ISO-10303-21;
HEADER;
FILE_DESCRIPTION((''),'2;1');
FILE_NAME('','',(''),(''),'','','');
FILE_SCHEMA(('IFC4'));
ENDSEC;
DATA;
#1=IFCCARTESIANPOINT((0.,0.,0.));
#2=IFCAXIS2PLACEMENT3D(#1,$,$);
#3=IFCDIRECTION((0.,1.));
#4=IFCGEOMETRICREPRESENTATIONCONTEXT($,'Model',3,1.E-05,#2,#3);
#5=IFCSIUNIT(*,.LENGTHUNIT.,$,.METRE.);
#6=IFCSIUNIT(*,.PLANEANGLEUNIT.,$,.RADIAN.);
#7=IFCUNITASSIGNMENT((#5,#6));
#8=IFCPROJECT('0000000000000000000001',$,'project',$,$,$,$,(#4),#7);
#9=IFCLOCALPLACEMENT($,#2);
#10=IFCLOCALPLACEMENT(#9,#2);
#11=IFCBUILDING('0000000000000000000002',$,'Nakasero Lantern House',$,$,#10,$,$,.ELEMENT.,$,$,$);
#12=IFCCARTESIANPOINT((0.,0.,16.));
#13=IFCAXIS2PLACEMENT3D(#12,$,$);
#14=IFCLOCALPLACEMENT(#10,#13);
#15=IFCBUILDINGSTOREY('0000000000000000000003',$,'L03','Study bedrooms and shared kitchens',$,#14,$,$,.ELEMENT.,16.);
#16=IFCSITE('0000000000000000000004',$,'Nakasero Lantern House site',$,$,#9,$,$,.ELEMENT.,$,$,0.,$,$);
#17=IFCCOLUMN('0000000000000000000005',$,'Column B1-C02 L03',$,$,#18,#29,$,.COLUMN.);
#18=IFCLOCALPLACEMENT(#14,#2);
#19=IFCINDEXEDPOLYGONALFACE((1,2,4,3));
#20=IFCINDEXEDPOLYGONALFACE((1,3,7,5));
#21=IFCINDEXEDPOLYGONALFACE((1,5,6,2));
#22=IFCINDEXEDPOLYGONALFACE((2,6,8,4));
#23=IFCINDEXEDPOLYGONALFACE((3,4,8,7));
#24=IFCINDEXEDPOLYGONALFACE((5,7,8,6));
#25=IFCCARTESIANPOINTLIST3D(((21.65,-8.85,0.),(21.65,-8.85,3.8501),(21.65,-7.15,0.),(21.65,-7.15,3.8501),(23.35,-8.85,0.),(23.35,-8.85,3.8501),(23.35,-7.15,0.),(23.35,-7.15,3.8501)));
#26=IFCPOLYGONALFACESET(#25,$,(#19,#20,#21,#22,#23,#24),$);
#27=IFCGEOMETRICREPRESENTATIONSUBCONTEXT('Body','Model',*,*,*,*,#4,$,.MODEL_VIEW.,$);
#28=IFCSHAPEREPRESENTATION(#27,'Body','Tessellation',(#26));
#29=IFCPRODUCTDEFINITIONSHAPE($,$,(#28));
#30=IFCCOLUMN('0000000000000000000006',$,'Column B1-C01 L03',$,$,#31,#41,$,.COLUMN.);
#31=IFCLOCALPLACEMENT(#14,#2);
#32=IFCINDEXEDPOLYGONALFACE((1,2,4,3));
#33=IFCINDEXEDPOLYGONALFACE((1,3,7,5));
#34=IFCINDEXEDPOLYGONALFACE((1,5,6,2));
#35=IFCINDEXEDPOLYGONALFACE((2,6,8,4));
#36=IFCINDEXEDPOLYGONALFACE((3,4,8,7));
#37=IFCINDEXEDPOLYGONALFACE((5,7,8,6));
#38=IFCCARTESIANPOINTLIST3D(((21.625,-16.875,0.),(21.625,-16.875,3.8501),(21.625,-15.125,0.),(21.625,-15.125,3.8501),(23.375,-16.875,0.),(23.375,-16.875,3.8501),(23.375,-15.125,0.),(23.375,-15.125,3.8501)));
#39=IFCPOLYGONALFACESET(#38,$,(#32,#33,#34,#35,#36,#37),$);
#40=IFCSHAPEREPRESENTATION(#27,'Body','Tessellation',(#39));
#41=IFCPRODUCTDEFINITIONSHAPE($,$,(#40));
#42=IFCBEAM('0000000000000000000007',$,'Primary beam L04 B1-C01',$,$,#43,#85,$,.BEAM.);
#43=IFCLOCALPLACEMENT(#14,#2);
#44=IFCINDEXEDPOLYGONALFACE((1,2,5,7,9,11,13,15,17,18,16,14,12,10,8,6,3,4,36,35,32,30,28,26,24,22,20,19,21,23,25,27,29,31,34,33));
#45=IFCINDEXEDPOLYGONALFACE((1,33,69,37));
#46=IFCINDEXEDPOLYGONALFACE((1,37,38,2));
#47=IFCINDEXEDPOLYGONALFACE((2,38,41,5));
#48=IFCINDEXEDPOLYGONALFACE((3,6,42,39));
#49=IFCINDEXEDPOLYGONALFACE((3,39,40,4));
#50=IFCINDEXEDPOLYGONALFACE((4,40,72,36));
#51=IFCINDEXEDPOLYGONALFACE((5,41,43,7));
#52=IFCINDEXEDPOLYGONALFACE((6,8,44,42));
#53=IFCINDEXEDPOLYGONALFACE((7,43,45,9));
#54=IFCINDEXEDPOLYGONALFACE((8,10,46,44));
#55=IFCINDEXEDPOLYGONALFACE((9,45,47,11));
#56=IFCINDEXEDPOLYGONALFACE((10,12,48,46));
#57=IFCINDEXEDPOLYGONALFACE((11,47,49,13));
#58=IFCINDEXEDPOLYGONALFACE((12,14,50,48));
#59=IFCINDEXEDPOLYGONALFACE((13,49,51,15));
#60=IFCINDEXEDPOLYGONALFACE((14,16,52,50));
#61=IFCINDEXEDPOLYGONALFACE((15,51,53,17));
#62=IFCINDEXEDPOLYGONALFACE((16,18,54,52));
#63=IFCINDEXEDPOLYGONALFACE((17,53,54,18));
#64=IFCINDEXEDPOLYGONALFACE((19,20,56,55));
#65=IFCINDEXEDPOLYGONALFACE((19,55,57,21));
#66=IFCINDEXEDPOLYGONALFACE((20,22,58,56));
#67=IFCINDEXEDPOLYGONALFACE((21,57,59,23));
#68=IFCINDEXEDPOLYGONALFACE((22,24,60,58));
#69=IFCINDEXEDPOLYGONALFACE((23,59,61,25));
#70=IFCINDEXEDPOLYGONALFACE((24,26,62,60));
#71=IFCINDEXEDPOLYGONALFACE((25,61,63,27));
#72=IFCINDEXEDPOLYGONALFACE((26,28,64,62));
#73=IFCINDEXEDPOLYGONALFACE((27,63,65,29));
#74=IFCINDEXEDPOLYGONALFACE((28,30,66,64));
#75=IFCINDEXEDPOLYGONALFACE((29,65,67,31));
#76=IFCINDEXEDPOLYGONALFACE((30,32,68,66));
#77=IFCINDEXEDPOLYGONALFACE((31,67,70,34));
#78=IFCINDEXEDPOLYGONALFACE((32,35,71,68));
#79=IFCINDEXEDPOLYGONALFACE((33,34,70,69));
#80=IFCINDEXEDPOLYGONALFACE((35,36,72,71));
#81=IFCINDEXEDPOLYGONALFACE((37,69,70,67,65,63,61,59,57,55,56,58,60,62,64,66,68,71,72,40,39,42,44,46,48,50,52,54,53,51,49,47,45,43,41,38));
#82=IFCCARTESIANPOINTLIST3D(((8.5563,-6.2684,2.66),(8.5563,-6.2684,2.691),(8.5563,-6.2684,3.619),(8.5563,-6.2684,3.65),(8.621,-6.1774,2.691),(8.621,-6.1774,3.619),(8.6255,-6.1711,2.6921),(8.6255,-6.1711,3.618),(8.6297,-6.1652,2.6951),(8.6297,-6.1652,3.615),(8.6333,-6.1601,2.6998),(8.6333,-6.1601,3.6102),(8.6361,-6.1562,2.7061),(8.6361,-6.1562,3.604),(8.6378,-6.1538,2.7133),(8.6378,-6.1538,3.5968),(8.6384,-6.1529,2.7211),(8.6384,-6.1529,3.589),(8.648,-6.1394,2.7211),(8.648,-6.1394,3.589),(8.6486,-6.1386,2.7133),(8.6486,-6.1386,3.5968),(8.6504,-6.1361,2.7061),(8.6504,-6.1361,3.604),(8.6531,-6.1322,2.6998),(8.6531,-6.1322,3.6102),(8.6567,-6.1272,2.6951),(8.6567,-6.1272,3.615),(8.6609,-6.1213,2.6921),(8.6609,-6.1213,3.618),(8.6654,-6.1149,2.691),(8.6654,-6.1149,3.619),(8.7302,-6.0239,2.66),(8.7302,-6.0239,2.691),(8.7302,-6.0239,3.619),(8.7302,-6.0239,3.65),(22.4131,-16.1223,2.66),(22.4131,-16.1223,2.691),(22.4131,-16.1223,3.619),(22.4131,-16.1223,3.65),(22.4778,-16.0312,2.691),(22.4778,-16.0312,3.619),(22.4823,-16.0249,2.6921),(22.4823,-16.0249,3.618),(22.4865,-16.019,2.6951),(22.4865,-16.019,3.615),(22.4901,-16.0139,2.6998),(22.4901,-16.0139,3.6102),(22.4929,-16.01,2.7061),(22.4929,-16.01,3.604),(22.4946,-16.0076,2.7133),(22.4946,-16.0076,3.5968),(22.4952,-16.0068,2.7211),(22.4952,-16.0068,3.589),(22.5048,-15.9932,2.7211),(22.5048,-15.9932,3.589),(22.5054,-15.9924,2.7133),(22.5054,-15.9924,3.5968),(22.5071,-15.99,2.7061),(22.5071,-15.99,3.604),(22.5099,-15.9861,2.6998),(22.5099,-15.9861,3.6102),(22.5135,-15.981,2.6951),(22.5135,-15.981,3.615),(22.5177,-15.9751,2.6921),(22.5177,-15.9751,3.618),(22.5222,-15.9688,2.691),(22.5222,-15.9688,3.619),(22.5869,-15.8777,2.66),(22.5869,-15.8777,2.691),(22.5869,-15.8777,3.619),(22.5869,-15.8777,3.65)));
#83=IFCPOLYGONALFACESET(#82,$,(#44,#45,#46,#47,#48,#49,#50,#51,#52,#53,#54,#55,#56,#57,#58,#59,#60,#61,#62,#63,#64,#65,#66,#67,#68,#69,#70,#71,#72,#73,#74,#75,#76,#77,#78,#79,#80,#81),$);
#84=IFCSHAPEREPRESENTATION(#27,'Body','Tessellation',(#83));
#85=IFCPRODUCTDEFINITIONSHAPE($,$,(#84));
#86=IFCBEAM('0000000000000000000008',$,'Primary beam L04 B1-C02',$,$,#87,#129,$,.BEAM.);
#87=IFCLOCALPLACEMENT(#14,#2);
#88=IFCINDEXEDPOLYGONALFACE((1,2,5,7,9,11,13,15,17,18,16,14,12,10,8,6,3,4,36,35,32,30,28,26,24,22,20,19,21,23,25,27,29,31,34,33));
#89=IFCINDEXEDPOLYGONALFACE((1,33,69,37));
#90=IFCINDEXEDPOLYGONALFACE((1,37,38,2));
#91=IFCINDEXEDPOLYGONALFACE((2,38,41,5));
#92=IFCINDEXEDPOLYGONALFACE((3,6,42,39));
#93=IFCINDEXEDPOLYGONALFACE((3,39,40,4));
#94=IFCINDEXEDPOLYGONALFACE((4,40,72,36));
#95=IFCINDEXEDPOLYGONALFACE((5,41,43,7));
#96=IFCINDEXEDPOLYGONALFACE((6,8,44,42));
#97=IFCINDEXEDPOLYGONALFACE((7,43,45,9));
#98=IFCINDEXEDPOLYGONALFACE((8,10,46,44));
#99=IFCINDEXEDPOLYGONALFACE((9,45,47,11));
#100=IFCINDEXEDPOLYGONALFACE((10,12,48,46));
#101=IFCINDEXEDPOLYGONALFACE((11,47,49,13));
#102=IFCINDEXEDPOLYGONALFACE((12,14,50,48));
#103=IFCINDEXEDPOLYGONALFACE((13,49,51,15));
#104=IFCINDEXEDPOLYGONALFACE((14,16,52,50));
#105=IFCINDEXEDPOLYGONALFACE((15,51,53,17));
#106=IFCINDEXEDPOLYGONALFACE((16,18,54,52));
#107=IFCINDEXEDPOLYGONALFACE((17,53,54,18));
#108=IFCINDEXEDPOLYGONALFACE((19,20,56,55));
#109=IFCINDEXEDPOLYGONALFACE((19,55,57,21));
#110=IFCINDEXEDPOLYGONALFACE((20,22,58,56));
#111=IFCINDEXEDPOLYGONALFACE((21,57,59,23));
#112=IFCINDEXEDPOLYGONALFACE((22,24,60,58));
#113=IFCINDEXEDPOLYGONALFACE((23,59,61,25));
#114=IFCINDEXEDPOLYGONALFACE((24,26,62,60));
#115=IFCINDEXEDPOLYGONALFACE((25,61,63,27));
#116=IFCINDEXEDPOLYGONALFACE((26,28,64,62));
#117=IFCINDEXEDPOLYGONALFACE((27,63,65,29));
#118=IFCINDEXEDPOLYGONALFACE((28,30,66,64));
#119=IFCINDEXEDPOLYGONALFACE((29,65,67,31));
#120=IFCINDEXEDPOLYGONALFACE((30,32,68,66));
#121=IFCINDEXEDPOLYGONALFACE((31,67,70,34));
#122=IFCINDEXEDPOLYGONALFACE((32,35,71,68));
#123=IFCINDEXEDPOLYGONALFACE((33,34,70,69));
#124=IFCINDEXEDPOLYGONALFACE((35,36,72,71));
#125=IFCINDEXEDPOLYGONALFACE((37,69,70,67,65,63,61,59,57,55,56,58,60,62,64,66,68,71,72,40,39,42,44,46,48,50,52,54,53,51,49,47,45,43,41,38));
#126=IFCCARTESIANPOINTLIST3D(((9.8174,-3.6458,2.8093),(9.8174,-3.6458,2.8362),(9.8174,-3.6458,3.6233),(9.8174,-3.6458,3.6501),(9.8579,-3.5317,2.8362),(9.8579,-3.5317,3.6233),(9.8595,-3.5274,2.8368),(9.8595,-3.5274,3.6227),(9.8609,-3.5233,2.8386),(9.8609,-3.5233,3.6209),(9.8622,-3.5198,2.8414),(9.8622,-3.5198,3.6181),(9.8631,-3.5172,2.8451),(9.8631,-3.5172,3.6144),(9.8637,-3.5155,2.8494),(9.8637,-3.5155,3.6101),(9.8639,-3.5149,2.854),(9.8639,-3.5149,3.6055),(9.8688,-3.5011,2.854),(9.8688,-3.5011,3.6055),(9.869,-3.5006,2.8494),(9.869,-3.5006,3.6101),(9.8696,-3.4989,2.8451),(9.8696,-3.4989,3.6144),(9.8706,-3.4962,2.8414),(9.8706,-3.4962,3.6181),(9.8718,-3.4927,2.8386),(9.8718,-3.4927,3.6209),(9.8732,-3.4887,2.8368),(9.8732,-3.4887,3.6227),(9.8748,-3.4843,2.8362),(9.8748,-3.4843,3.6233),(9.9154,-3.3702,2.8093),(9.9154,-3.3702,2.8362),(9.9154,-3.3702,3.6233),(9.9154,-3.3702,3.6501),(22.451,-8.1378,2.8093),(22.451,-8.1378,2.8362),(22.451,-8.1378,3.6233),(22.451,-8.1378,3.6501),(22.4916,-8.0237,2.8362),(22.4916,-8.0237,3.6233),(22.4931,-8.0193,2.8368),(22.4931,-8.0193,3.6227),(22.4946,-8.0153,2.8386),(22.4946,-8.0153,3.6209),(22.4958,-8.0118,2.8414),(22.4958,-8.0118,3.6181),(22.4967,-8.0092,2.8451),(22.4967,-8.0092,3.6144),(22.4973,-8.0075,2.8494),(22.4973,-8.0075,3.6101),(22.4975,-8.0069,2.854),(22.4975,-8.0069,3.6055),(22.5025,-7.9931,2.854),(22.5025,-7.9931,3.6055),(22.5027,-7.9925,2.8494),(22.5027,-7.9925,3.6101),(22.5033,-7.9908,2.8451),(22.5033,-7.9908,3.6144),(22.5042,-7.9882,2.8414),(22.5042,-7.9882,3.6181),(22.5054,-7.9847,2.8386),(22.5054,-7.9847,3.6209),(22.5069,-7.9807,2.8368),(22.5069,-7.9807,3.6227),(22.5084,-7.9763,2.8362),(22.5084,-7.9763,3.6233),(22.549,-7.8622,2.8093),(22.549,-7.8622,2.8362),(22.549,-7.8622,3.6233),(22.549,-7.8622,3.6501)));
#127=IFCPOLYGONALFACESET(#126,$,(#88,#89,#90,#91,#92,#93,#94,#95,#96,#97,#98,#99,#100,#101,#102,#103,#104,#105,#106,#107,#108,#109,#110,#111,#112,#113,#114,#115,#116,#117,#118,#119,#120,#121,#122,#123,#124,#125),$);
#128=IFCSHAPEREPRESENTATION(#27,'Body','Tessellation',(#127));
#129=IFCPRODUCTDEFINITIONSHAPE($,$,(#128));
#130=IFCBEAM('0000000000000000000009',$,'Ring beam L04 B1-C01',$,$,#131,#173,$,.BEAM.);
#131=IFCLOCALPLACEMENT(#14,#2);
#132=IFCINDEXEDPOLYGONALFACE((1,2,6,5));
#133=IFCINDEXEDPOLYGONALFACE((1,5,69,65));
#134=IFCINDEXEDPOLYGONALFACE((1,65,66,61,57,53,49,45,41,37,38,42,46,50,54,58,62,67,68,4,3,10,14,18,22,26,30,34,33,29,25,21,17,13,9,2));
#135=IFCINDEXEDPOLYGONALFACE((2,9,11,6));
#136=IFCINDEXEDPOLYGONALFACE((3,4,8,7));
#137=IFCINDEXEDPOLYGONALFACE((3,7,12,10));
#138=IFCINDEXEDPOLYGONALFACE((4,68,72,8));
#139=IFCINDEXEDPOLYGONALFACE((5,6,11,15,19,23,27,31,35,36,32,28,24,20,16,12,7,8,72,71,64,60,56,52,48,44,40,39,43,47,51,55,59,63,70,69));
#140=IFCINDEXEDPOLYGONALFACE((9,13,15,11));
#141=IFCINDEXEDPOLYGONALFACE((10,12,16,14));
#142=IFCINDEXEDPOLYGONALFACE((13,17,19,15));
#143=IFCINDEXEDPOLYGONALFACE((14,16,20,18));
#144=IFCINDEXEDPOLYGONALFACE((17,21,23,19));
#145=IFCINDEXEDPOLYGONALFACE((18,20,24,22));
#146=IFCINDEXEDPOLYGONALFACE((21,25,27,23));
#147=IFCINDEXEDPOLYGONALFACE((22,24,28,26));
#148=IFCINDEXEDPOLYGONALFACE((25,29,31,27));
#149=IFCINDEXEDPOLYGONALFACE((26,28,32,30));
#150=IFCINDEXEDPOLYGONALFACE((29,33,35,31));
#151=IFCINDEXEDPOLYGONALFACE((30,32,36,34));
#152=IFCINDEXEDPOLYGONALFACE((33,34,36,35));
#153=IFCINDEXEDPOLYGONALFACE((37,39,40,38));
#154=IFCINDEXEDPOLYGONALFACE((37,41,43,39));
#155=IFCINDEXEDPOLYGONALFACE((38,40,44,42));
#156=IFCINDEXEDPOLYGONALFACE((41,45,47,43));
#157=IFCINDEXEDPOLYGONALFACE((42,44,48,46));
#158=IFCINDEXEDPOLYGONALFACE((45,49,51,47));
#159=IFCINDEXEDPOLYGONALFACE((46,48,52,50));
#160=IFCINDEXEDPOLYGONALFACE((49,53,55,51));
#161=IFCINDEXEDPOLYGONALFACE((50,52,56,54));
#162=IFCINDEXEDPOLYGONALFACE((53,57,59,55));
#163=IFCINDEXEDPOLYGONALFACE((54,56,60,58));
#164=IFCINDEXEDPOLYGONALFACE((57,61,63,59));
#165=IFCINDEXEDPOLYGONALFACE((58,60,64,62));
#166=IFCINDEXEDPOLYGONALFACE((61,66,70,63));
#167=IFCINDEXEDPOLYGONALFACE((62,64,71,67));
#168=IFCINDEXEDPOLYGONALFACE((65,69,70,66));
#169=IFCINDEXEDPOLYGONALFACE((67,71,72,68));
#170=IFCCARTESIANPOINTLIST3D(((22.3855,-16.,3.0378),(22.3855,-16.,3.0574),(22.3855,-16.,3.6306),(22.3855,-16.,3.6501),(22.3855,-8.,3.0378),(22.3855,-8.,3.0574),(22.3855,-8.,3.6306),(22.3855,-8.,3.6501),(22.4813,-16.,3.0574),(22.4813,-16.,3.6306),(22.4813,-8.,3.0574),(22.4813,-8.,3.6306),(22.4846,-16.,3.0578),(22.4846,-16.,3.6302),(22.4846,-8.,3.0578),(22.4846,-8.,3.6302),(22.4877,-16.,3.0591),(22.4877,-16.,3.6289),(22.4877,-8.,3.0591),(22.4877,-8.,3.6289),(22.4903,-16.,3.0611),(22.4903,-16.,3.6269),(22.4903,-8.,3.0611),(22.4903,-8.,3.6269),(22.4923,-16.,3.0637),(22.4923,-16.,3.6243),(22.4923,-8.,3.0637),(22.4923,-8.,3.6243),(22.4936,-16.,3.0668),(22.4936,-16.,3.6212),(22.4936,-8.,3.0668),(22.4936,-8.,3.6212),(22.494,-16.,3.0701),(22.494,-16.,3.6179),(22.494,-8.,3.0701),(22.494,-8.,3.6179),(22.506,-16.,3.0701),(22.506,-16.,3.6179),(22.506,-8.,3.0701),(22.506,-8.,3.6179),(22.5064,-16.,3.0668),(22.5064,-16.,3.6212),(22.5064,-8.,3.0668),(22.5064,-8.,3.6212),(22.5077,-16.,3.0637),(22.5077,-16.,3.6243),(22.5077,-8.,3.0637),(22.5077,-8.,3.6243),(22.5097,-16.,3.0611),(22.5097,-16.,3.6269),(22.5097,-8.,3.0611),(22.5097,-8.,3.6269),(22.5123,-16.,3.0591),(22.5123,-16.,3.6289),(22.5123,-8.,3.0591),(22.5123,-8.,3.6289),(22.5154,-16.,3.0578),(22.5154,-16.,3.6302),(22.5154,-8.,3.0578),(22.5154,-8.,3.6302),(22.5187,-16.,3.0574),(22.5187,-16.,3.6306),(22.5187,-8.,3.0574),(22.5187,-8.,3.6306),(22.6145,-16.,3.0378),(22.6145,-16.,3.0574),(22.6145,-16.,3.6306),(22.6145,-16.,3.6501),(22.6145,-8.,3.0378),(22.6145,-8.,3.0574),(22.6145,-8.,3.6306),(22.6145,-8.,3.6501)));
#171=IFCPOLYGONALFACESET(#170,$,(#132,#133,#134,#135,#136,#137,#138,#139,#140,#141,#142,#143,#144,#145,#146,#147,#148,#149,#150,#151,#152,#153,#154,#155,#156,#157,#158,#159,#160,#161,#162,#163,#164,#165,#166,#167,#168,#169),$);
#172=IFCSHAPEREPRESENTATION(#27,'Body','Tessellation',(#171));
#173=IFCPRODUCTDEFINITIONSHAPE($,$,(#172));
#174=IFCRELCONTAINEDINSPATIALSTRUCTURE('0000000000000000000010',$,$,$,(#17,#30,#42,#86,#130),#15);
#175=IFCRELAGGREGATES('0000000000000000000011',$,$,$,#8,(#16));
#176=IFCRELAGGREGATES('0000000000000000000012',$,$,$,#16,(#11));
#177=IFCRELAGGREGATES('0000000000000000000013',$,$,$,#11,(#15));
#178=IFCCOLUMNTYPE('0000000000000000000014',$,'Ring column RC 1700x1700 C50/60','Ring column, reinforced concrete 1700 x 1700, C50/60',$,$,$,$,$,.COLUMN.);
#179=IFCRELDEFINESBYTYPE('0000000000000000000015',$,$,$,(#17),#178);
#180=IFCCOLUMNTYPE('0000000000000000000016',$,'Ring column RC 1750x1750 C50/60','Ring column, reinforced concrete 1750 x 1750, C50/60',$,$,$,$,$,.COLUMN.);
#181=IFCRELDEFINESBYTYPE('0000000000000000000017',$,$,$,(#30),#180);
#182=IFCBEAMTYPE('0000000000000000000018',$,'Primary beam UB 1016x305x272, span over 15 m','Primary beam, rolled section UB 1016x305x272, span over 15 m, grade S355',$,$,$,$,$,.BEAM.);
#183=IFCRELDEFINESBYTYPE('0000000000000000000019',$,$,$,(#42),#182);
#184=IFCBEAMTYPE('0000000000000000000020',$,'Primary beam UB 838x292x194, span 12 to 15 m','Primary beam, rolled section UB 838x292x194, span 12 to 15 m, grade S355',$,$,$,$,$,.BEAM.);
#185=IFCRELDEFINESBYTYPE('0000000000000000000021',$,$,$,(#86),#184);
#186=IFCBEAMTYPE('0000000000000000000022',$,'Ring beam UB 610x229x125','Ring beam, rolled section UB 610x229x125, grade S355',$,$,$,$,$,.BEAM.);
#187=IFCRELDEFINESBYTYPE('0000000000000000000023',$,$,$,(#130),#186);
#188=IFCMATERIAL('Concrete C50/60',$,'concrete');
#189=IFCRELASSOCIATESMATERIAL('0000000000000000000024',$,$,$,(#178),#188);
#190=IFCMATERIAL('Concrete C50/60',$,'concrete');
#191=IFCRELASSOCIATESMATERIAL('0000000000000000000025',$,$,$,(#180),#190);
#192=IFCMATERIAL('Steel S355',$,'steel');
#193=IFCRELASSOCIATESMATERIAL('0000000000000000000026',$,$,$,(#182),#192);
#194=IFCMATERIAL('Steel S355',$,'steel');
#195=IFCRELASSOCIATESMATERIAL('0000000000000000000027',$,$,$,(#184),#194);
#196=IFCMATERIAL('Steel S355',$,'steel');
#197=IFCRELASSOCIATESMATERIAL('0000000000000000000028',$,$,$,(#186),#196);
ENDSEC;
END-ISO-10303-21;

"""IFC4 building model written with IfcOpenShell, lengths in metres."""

from ifc_helpers import new_model, si_unit, direction, frame, origin, origin_2d, place, context, subcontext, project, spatial, rectangle, i_section, extrude, material, material_profile, profile_set, type_object, element, save


model = new_model("IFC4")

# Units and contexts
model_context = context("Model", 3, precision=1e-05, world=origin(), true_north=direction((0.0, 1.0)))
body_context = subcontext(model_context, "Body", "Model", "MODEL_VIEW")
ifc_project = project(units=[si_unit("LENGTHUNIT", "METRE"), si_unit("PLANEANGLEUNIT", "RADIAN")], contexts=[model_context])

# Site, building, storey
site_placement = place(None, origin())
site = spatial("IfcSite", under=ifc_project, at=site_placement, Name="Nakasero Lantern House site", CompositionType="ELEMENT", RefElevation=0.0)
building_placement = place(site_placement, origin())
building = spatial("IfcBuilding", under=site, at=building_placement, Name="Nakasero Lantern House", CompositionType="ELEMENT")
storey_placement = place(building_placement, frame((0.0, 0.0, 16.0)))
storey = spatial("IfcBuildingStorey", under=building, at=storey_placement, Name="L03", Description="Study bedrooms and shared kitchens", CompositionType="ELEMENT", Elevation=16.0)

# Columns
ifc_material_1 = material(Name="Concrete C50/60", Category="concrete")
ifc_material_profile_1 = material_profile(ifc_material_1, rectangle(XDim=1.7, YDim=1.7, at=origin_2d()), Name="RC 1700x1700")
ifc_profile_set_1 = profile_set([ifc_material_profile_1], Name="Concrete C50/60")
column_type_1 = type_object("IfcColumnType", Name="Ring column RC 1700x1700 C50/60", Description="Ring column, reinforced concrete 1700 x 1700, C50/60", PredefinedType="COLUMN", material=ifc_profile_set_1)
column_1_placement = place(storey_placement, frame((22.5, -8.0, 0.0), z_axis=(0.0, 0.0, 1.0), x_axis=(1.0, 0.0, 0.0)))
element("IfcColumn", 1, at=column_1_placement, inside=storey, type_object=column_type_1, Name="Column B1-C02 L03", PredefinedType="COLUMN", context=body_context, shape_type="SweptSolid", body=[
    extrude(rectangle(XDim=1.7, YDim=1.7, at=origin_2d()), origin(), (0.0, 0.0, 1.0), 3.8501),
])
ifc_material_2 = material(Name="Concrete C50/60", Category="concrete")
ifc_material_profile_2 = material_profile(ifc_material_2, rectangle(XDim=1.75, YDim=1.75, at=origin_2d()), Name="RC 1750x1750")
ifc_profile_set_2 = profile_set([ifc_material_profile_2], Name="Concrete C50/60")
column_type_2 = type_object("IfcColumnType", Name="Ring column RC 1750x1750 C50/60", Description="Ring column, reinforced concrete 1750 x 1750, C50/60", PredefinedType="COLUMN", material=ifc_profile_set_2)
column_2_placement = place(storey_placement, frame((22.5, -16.0, 0.0), z_axis=(0.0, 0.0, 1.0), x_axis=(1.0, 0.0, 0.0)))
element("IfcColumn", 2, at=column_2_placement, inside=storey, type_object=column_type_2, Name="Column B1-C01 L03", PredefinedType="COLUMN", context=body_context, shape_type="SweptSolid", body=[
    extrude(rectangle(XDim=1.75, YDim=1.75, at=origin_2d()), origin(), (0.0, 0.0, 1.0), 3.8501),
])

# Beams
ifc_material_3 = material(Name="Steel S355", Category="steel")
ifc_material_profile_3 = material_profile(ifc_material_3, i_section(OverallWidth=0.3, OverallDepth=0.99, WebThickness=0.0166, FlangeThickness=0.031, FilletRadius=0.03, at=origin_2d()), Name="UB 1016x305x272")
ifc_profile_set_3 = profile_set([ifc_material_profile_3], Name="Steel S355")
beam_type_1 = type_object("IfcBeamType", Name="Primary beam UB 1016x305x272, span over 15 m", Description="Primary beam, rolled section UB 1016x305x272, span over 15 m, grade S355", PredefinedType="BEAM", material=ifc_profile_set_3)
beam_1_placement = place(storey_placement, frame((22.5, -16.0, 3.155), z_axis=(-0.814952, 0.579528, 0.0), x_axis=(-0.579528, -0.814952, 0.0)))
element("IfcBeam", 3, at=beam_1_placement, inside=storey, type_object=beam_type_1, Name="Primary beam L04 B1-C01", PredefinedType="BEAM", context=body_context, shape_type="SweptSolid", body=[
    extrude(i_section(OverallWidth=0.3, OverallDepth=0.99, WebThickness=0.0166, FlangeThickness=0.031, FilletRadius=0.03, at=origin_2d()), origin(), (0.0, 0.0, 1.0), 17.0032),
])
ifc_material_4 = material(Name="Steel S355", Category="steel")
ifc_material_profile_4 = material_profile(ifc_material_4, i_section(OverallWidth=0.2925, OverallDepth=0.8408, WebThickness=0.0146, FlangeThickness=0.0269, FilletRadius=0.0178, at=origin_2d()), Name="UB 838x292x194")
ifc_profile_set_4 = profile_set([ifc_material_profile_4], Name="Steel S355")
beam_type_2 = type_object("IfcBeamType", Name="Primary beam UB 838x292x194, span 12 to 15 m", Description="Primary beam, rolled section UB 838x292x194, span 12 to 15 m, grade S355", PredefinedType="BEAM", material=ifc_profile_set_4)
beam_2_placement = place(storey_placement, frame((22.5, -8.0, 3.2297), z_axis=(-0.942214, 0.335011, 0.0), x_axis=(-0.335011, -0.942214, 0.0)))
element("IfcBeam", 4, at=beam_2_placement, inside=storey, type_object=beam_type_2, Name="Primary beam L04 B1-C02", PredefinedType="BEAM", context=body_context, shape_type="SweptSolid", body=[
    extrude(i_section(OverallWidth=0.2925, OverallDepth=0.8408, WebThickness=0.0146, FlangeThickness=0.0269, FilletRadius=0.0178, at=origin_2d()), origin(), (0.0, 0.0, 1.0), 13.4084),
])
ifc_material_5 = material(Name="Steel S355", Category="steel")
ifc_material_profile_5 = material_profile(ifc_material_5, i_section(OverallWidth=0.229, OverallDepth=0.6123, WebThickness=0.012, FlangeThickness=0.0195, FilletRadius=0.0127, at=origin_2d()), Name="UB 610x229x125")
ifc_profile_set_5 = profile_set([ifc_material_profile_5], Name="Steel S355")
beam_type_3 = type_object("IfcBeamType", Name="Ring beam UB 610x229x125", Description="Ring beam, rolled section UB 610x229x125, grade S355", PredefinedType="BEAM", material=ifc_profile_set_5)
for number, where, z_axis, x_axis, name in (
    (5, (22.5, -16.0, 3.344), (0.0, 1.0, 0.0), (-1.0, 0.0, 0.0), "Ring beam L04 B1-C01"),
):
    element("IfcBeam", number, at=place(storey_placement, frame(where, z_axis=z_axis, x_axis=x_axis)), inside=storey, type_object=beam_type_3, Name=name, PredefinedType="BEAM", context=body_context, shape_type="SweptSolid", body=[
        extrude(i_section(OverallWidth=0.229, OverallDepth=0.6123, WebThickness=0.012, FlangeThickness=0.0195, FilletRadius=0.0127, at=origin_2d()), origin(), (0.0, 0.0, 1.0), 8.0),
    ])

save(model, "model.ifc")
